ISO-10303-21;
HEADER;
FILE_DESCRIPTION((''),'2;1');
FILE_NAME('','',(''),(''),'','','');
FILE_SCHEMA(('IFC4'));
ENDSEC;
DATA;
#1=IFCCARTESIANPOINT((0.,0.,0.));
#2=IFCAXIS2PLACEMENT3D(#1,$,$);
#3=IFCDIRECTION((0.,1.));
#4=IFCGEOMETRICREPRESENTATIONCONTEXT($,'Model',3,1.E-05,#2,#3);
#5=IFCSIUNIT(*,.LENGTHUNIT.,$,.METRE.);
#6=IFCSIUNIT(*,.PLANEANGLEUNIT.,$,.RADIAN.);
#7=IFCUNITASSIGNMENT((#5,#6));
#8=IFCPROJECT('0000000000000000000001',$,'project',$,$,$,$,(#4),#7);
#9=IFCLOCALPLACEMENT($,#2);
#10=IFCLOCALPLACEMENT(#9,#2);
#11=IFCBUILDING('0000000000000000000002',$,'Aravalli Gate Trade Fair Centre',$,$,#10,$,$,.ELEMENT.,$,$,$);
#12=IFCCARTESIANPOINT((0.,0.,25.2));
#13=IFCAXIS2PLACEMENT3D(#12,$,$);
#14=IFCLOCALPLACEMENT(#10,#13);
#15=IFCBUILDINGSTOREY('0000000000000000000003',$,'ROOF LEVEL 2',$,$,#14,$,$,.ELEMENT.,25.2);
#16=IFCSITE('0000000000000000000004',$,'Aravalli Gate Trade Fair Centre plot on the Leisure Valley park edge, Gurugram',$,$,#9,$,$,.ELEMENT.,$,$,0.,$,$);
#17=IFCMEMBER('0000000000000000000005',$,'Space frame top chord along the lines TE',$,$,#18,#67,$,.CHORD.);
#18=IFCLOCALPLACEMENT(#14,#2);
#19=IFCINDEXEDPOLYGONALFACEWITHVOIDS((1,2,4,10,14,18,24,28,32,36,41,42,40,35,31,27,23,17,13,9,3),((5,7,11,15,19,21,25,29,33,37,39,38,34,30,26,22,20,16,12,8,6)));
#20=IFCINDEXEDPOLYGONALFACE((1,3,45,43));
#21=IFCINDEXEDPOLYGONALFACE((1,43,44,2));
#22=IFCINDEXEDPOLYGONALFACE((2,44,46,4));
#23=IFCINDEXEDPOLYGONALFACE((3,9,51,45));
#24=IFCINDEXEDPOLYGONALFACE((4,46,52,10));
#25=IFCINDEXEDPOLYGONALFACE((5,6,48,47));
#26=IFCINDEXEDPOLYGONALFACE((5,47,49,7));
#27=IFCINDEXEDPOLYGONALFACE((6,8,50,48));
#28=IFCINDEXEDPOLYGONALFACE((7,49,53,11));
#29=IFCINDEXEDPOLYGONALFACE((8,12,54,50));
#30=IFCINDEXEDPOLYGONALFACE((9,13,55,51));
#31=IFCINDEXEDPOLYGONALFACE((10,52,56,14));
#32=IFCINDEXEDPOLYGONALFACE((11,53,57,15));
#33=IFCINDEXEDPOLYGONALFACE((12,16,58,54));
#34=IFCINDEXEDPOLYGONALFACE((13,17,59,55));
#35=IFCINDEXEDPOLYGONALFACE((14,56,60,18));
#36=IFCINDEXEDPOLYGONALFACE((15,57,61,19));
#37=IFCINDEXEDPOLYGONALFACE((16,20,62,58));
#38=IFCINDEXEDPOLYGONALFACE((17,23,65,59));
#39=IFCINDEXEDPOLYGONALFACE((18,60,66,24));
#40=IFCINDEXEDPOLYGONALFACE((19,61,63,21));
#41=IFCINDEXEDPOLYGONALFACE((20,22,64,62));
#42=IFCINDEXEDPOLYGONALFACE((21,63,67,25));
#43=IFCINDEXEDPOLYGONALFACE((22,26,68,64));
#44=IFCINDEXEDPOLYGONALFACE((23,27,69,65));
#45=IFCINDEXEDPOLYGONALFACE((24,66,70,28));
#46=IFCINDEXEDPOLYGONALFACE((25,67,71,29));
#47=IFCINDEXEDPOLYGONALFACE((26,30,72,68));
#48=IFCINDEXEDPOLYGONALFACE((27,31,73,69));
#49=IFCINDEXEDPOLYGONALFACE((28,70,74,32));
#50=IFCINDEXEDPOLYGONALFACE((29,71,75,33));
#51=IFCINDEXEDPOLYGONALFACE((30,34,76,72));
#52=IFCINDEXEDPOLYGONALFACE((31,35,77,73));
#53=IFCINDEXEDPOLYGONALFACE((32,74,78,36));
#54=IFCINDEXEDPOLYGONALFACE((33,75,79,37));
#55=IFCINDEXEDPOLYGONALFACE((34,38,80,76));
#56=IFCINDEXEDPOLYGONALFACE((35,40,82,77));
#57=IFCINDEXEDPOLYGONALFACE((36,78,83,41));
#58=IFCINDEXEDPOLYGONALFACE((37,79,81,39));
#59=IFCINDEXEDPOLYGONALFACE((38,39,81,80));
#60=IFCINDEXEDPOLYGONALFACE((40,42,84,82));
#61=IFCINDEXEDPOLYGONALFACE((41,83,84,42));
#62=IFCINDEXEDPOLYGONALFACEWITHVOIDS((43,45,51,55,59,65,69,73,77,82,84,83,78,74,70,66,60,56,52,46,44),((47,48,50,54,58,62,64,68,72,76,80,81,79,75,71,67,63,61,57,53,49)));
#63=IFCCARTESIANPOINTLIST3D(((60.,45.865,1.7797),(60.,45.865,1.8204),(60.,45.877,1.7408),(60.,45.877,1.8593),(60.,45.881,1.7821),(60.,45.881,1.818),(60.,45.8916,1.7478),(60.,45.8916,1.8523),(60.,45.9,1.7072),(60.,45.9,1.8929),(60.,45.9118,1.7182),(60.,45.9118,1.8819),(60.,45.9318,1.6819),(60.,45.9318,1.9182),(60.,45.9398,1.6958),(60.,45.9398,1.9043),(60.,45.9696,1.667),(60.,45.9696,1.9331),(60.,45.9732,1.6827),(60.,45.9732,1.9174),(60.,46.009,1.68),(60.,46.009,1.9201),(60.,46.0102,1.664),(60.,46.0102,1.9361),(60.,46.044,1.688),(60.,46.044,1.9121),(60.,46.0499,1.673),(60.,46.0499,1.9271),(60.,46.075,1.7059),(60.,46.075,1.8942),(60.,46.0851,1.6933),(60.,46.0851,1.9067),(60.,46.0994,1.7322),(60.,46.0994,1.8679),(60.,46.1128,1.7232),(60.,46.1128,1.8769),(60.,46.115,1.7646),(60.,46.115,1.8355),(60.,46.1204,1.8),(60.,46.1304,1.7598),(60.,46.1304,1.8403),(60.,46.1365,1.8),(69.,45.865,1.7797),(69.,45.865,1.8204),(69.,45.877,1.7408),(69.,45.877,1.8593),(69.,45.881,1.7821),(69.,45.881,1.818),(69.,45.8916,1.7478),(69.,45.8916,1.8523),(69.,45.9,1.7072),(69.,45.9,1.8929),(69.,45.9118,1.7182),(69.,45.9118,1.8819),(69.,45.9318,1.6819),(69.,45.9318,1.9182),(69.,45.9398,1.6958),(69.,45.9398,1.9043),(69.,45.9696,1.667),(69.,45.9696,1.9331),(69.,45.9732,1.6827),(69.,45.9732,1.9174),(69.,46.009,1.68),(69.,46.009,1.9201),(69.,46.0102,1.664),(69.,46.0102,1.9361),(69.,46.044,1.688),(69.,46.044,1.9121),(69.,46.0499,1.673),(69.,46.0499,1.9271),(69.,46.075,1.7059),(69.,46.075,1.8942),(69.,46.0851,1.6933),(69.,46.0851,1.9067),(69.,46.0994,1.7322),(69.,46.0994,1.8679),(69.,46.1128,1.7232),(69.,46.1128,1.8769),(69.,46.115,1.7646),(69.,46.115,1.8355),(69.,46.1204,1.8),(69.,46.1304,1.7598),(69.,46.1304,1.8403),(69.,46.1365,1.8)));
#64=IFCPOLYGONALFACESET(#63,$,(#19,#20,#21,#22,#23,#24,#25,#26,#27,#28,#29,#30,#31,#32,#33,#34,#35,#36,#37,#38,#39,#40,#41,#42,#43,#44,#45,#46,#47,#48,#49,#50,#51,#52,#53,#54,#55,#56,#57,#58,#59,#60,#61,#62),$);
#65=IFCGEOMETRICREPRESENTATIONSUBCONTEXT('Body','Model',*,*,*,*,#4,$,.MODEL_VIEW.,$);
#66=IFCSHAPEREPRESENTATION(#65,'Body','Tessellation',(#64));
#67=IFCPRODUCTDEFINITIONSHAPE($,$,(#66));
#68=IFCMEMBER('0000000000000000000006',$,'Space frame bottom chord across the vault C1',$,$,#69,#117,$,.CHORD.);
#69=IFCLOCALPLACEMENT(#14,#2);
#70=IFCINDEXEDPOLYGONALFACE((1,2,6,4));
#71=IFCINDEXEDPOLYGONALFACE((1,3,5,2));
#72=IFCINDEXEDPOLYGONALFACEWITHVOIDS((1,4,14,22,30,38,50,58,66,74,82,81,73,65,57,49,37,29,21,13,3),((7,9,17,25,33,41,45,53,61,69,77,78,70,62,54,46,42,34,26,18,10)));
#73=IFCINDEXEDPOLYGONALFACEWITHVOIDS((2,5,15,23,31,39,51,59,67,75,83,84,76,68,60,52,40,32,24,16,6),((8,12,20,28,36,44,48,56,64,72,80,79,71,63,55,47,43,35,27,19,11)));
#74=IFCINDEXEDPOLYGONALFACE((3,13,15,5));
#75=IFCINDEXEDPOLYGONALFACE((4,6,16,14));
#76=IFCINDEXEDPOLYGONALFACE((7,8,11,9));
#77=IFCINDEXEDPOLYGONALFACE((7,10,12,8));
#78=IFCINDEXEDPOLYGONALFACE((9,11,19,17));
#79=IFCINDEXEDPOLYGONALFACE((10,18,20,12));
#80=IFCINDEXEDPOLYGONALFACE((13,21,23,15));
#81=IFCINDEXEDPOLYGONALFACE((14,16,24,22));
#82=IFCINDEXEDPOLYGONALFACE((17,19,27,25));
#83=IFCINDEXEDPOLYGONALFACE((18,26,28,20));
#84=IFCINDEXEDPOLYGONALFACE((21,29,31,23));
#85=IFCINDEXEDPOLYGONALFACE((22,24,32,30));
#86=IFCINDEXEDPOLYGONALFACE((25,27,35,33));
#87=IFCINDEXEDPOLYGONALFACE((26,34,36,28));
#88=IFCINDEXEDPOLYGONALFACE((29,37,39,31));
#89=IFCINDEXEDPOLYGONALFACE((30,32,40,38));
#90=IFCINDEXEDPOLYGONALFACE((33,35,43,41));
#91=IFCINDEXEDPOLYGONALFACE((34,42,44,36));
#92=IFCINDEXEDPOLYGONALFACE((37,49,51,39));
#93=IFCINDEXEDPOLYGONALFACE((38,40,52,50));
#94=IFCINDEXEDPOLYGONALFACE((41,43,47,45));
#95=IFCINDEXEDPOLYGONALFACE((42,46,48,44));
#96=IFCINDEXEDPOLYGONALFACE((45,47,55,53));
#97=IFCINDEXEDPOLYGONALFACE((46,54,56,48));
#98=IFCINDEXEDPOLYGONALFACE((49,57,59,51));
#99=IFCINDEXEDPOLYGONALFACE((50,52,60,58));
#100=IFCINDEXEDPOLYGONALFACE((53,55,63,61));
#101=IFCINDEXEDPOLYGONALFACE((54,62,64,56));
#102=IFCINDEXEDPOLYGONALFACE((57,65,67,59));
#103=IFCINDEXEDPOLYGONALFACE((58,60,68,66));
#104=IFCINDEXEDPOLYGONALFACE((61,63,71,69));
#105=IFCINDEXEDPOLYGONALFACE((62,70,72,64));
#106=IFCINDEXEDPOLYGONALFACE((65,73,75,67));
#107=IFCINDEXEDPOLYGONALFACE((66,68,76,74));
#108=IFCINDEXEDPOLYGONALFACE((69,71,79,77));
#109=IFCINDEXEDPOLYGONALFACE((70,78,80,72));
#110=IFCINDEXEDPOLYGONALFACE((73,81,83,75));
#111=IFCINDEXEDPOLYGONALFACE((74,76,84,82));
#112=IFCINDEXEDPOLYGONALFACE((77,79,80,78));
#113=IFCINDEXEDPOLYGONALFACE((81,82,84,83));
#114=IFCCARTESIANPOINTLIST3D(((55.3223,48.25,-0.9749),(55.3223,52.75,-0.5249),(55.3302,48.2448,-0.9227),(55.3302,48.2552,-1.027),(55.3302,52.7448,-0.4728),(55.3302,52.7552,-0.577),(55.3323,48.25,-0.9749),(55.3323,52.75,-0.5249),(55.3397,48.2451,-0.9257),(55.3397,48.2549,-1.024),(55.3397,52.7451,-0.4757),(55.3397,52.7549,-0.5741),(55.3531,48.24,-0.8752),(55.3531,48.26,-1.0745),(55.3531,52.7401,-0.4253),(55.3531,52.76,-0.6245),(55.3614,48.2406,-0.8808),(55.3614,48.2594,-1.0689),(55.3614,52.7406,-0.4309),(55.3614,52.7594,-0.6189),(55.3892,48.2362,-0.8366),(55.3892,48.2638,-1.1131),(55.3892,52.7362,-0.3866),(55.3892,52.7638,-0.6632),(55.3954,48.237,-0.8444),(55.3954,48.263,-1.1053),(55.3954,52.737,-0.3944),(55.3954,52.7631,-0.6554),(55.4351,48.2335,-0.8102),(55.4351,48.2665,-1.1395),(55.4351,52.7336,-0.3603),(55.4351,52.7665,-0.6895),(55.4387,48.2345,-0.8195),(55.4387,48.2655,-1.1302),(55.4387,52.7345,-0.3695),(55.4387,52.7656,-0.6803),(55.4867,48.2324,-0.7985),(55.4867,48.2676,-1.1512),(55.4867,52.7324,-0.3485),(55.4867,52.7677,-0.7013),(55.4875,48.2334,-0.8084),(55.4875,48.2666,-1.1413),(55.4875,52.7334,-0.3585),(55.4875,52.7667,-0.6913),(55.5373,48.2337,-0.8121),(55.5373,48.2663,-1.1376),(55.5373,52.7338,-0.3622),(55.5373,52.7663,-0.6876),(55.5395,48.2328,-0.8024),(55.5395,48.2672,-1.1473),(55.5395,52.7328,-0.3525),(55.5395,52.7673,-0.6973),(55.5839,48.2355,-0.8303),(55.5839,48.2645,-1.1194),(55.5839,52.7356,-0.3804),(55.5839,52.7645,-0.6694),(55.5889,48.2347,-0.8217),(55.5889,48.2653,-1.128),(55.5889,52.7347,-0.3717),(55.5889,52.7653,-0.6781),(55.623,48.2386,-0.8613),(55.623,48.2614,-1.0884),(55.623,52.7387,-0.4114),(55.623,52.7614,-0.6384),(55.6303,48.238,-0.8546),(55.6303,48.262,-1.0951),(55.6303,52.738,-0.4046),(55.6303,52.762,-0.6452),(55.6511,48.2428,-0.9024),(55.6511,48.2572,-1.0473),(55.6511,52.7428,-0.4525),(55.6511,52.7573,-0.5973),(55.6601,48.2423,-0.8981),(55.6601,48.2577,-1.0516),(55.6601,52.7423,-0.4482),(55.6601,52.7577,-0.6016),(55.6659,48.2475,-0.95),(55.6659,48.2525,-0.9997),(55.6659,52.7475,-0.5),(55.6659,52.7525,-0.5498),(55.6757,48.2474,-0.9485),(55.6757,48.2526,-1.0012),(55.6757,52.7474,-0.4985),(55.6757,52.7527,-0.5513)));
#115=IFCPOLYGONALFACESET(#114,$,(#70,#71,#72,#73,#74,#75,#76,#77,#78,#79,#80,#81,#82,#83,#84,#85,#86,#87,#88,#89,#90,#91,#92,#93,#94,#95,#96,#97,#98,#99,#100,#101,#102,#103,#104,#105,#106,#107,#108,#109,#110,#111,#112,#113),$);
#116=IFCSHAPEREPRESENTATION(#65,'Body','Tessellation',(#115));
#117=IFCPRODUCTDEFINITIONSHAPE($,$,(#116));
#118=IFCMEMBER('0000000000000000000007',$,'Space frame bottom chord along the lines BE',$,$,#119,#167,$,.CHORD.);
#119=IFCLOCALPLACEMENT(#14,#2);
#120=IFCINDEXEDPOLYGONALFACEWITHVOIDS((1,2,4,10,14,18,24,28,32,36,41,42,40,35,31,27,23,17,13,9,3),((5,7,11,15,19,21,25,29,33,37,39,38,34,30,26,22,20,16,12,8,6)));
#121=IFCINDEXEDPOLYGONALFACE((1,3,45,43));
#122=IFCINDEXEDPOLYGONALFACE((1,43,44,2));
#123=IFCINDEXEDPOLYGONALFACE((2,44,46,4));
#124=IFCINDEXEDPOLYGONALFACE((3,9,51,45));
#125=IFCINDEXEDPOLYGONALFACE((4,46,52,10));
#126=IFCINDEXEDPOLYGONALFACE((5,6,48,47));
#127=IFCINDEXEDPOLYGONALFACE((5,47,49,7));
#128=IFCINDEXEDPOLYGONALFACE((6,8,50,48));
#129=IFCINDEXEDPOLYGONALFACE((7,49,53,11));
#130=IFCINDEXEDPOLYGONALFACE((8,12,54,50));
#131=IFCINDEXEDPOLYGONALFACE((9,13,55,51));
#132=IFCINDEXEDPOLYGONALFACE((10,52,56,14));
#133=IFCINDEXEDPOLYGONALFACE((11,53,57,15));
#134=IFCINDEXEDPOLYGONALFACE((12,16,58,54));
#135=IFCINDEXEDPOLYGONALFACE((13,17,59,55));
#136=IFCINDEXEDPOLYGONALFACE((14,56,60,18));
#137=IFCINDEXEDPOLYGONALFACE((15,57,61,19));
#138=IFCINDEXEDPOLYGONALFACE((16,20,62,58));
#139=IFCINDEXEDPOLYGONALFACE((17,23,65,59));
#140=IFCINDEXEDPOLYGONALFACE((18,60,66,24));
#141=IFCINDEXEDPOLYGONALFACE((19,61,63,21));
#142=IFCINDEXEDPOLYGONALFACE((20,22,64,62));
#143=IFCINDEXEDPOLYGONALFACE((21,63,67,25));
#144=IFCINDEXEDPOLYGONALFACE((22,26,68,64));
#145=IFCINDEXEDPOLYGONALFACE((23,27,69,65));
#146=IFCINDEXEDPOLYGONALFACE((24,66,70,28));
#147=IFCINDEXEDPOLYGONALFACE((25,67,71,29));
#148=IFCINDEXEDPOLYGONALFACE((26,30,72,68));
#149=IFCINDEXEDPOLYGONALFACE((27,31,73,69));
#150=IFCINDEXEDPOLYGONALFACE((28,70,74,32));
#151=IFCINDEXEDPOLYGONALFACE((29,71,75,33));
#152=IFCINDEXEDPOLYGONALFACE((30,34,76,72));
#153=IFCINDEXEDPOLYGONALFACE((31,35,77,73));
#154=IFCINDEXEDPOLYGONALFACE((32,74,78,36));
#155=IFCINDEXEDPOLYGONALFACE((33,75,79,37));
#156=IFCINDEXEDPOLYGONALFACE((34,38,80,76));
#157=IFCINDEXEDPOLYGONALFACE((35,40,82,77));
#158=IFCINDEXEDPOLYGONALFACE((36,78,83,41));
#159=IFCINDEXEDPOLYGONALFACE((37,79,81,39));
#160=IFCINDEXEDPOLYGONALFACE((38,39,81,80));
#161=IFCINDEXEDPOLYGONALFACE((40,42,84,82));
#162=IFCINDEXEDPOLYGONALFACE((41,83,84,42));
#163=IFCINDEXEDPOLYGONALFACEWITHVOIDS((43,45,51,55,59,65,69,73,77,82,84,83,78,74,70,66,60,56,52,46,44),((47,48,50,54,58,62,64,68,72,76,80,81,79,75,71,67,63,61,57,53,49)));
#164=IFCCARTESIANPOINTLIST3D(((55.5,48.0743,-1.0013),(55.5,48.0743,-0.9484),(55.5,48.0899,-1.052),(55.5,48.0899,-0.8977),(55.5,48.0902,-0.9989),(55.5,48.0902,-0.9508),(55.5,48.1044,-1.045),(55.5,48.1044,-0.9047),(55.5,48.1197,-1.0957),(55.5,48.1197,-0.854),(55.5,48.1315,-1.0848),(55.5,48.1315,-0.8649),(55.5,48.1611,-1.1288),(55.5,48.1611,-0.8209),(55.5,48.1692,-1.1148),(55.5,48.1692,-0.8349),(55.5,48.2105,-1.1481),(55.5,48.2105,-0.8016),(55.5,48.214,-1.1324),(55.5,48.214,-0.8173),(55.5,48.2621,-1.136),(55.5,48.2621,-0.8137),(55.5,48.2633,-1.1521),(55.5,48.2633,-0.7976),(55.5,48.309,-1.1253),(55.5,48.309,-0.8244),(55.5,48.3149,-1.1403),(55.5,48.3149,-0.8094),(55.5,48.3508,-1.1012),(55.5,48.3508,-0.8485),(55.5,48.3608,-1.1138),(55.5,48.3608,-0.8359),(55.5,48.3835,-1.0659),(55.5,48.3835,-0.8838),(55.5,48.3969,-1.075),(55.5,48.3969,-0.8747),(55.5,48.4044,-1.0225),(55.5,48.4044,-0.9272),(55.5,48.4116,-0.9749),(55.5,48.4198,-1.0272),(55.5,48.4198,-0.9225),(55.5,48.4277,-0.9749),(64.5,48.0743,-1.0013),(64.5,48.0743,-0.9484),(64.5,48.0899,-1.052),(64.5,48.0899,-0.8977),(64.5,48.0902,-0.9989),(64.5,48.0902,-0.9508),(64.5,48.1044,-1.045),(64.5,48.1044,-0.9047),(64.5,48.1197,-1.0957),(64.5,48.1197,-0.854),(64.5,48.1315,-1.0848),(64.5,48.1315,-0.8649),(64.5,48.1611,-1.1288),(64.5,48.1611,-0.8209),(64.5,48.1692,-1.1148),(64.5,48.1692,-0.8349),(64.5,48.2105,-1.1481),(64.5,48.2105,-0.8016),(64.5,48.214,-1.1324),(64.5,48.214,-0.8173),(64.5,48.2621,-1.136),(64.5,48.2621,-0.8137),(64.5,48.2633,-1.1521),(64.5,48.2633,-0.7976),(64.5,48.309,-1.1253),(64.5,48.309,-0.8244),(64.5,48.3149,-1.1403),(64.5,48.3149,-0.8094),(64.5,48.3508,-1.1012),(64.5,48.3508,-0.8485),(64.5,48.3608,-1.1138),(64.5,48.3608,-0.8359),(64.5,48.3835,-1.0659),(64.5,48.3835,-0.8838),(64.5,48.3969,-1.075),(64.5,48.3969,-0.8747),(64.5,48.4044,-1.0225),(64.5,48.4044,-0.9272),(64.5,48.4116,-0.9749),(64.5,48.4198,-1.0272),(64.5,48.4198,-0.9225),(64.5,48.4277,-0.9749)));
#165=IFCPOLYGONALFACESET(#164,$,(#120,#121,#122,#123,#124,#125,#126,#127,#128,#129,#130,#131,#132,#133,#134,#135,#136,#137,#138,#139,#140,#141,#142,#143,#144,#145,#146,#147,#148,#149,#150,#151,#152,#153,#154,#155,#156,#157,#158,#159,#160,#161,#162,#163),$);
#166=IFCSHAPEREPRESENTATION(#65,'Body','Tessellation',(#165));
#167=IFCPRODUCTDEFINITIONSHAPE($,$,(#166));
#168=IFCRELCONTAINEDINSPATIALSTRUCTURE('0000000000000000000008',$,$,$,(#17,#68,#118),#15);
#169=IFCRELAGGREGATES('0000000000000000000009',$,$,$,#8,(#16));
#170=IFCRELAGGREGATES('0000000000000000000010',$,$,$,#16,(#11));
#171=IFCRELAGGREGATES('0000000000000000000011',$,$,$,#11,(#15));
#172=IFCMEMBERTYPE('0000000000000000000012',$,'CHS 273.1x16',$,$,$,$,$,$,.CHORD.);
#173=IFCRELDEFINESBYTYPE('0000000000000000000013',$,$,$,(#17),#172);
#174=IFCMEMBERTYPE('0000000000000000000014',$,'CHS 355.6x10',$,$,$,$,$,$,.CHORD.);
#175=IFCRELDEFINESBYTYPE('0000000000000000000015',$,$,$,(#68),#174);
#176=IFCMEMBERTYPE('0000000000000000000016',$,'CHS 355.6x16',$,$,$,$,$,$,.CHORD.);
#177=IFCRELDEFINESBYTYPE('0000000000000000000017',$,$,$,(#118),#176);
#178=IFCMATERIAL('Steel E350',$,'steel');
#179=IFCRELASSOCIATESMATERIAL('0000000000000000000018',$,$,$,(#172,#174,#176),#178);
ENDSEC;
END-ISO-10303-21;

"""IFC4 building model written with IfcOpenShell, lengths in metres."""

from ifc_helpers import new_model, si_unit, direction, frame, origin, origin_2d, place, context, subcontext, project, spatial, hollow_circle, extrude, material, material_profile, profile_set, type_object, element, save


model = new_model("IFC4")

# Units and contexts
model_context = context("Model", 3, precision=1e-05, world=origin(), true_north=direction((0.0, 1.0)))
body_context = subcontext(model_context, "Body", "Model", "MODEL_VIEW")
ifc_project = project(units=[si_unit("LENGTHUNIT", "METRE"), si_unit("PLANEANGLEUNIT", "RADIAN")], contexts=[model_context])

# Site, building, storey
site_placement = place(None, origin())
site = spatial("IfcSite", under=ifc_project, at=site_placement, Name="Aravalli Gate Trade Fair Centre plot on the Leisure Valley park edge, Gurugram", CompositionType="ELEMENT", RefElevation=0.0)
building_placement = place(site_placement, origin())
building = spatial("IfcBuilding", under=site, at=building_placement, Name="Aravalli Gate Trade Fair Centre", CompositionType="ELEMENT")
storey_placement = place(building_placement, frame((0.0, 0.0, 25.2)))
storey = spatial("IfcBuildingStorey", under=building, at=storey_placement, Name="ROOF LEVEL 2", CompositionType="ELEMENT", Elevation=25.2)

# Members
ifc_material_1 = material(Name="Steel E350", Category="steel")
ifc_material_profile_1 = material_profile(ifc_material_1, hollow_circle(Radius=0.1365, WallThickness=0.0161, at=origin_2d()), Name="CHS 273.1x16")
ifc_profile_set_1 = profile_set([ifc_material_profile_1], Name="Steel E350")
member_type_1 = type_object("IfcMemberType", Name="CHS 273.1x16", PredefinedType="CHORD", material=ifc_profile_set_1)
member_1_placement = place(storey_placement, frame((60.0, 46.0, 1.8), z_axis=(1.0, 0.0, 0.0), x_axis=(0.0, 1.0, 0.0)))
element("IfcMember", 1, at=member_1_placement, inside=storey, type_object=member_type_1, Name="Space frame top chord along the lines TE", PredefinedType="CHORD", context=body_context, shape_type="SweptSolid", body=[
    extrude(hollow_circle(Radius=0.1365, WallThickness=0.0161, at=origin_2d()), origin(), (0.0, 0.0, 1.0), 9.0),
])
ifc_material_profile_2 = material_profile(ifc_material_1, hollow_circle(Radius=0.1777, WallThickness=0.01, at=origin_2d()), Name="CHS 355.6x10")
ifc_profile_set_2 = profile_set([ifc_material_profile_2], Name="Steel E350")
member_type_2 = type_object("IfcMemberType", Name="CHS 355.6x10", PredefinedType="CHORD", material=ifc_profile_set_2)
member_2_placement = place(storey_placement, frame((55.5, 48.25, -0.9749), z_axis=(0.0, 0.995038, 0.099493), x_axis=(-1.0, 0.0, 0.0)))
element("IfcMember", 2, at=member_2_placement, inside=storey, type_object=member_type_2, Name="Space frame bottom chord across the vault C1", PredefinedType="CHORD", context=body_context, shape_type="SweptSolid", body=[
    extrude(hollow_circle(Radius=0.1777, WallThickness=0.01, at=origin_2d()), origin(), (0.0, 0.0, 1.0), 4.5225),
])
ifc_material_profile_3 = material_profile(ifc_material_1, hollow_circle(Radius=0.1777, WallThickness=0.0161, at=origin_2d()), Name="CHS 355.6x16")
ifc_profile_set_3 = profile_set([ifc_material_profile_3], Name="Steel E350")
member_type_3 = type_object("IfcMemberType", Name="CHS 355.6x16", PredefinedType="CHORD", material=ifc_profile_set_3)
member_3_placement = place(storey_placement, frame((55.5, 48.25, -0.9749), z_axis=(1.0, 0.0, 0.0), x_axis=(0.0, 1.0, 0.0)))
element("IfcMember", 3, at=member_3_placement, inside=storey, type_object=member_type_3, Name="Space frame bottom chord along the lines BE", PredefinedType="CHORD", context=body_context, shape_type="SweptSolid", body=[
    extrude(hollow_circle(Radius=0.1777, WallThickness=0.0161, at=origin_2d()), origin(), (0.0, 0.0, 1.0), 9.0),
])

save(model, "model.ifc")
